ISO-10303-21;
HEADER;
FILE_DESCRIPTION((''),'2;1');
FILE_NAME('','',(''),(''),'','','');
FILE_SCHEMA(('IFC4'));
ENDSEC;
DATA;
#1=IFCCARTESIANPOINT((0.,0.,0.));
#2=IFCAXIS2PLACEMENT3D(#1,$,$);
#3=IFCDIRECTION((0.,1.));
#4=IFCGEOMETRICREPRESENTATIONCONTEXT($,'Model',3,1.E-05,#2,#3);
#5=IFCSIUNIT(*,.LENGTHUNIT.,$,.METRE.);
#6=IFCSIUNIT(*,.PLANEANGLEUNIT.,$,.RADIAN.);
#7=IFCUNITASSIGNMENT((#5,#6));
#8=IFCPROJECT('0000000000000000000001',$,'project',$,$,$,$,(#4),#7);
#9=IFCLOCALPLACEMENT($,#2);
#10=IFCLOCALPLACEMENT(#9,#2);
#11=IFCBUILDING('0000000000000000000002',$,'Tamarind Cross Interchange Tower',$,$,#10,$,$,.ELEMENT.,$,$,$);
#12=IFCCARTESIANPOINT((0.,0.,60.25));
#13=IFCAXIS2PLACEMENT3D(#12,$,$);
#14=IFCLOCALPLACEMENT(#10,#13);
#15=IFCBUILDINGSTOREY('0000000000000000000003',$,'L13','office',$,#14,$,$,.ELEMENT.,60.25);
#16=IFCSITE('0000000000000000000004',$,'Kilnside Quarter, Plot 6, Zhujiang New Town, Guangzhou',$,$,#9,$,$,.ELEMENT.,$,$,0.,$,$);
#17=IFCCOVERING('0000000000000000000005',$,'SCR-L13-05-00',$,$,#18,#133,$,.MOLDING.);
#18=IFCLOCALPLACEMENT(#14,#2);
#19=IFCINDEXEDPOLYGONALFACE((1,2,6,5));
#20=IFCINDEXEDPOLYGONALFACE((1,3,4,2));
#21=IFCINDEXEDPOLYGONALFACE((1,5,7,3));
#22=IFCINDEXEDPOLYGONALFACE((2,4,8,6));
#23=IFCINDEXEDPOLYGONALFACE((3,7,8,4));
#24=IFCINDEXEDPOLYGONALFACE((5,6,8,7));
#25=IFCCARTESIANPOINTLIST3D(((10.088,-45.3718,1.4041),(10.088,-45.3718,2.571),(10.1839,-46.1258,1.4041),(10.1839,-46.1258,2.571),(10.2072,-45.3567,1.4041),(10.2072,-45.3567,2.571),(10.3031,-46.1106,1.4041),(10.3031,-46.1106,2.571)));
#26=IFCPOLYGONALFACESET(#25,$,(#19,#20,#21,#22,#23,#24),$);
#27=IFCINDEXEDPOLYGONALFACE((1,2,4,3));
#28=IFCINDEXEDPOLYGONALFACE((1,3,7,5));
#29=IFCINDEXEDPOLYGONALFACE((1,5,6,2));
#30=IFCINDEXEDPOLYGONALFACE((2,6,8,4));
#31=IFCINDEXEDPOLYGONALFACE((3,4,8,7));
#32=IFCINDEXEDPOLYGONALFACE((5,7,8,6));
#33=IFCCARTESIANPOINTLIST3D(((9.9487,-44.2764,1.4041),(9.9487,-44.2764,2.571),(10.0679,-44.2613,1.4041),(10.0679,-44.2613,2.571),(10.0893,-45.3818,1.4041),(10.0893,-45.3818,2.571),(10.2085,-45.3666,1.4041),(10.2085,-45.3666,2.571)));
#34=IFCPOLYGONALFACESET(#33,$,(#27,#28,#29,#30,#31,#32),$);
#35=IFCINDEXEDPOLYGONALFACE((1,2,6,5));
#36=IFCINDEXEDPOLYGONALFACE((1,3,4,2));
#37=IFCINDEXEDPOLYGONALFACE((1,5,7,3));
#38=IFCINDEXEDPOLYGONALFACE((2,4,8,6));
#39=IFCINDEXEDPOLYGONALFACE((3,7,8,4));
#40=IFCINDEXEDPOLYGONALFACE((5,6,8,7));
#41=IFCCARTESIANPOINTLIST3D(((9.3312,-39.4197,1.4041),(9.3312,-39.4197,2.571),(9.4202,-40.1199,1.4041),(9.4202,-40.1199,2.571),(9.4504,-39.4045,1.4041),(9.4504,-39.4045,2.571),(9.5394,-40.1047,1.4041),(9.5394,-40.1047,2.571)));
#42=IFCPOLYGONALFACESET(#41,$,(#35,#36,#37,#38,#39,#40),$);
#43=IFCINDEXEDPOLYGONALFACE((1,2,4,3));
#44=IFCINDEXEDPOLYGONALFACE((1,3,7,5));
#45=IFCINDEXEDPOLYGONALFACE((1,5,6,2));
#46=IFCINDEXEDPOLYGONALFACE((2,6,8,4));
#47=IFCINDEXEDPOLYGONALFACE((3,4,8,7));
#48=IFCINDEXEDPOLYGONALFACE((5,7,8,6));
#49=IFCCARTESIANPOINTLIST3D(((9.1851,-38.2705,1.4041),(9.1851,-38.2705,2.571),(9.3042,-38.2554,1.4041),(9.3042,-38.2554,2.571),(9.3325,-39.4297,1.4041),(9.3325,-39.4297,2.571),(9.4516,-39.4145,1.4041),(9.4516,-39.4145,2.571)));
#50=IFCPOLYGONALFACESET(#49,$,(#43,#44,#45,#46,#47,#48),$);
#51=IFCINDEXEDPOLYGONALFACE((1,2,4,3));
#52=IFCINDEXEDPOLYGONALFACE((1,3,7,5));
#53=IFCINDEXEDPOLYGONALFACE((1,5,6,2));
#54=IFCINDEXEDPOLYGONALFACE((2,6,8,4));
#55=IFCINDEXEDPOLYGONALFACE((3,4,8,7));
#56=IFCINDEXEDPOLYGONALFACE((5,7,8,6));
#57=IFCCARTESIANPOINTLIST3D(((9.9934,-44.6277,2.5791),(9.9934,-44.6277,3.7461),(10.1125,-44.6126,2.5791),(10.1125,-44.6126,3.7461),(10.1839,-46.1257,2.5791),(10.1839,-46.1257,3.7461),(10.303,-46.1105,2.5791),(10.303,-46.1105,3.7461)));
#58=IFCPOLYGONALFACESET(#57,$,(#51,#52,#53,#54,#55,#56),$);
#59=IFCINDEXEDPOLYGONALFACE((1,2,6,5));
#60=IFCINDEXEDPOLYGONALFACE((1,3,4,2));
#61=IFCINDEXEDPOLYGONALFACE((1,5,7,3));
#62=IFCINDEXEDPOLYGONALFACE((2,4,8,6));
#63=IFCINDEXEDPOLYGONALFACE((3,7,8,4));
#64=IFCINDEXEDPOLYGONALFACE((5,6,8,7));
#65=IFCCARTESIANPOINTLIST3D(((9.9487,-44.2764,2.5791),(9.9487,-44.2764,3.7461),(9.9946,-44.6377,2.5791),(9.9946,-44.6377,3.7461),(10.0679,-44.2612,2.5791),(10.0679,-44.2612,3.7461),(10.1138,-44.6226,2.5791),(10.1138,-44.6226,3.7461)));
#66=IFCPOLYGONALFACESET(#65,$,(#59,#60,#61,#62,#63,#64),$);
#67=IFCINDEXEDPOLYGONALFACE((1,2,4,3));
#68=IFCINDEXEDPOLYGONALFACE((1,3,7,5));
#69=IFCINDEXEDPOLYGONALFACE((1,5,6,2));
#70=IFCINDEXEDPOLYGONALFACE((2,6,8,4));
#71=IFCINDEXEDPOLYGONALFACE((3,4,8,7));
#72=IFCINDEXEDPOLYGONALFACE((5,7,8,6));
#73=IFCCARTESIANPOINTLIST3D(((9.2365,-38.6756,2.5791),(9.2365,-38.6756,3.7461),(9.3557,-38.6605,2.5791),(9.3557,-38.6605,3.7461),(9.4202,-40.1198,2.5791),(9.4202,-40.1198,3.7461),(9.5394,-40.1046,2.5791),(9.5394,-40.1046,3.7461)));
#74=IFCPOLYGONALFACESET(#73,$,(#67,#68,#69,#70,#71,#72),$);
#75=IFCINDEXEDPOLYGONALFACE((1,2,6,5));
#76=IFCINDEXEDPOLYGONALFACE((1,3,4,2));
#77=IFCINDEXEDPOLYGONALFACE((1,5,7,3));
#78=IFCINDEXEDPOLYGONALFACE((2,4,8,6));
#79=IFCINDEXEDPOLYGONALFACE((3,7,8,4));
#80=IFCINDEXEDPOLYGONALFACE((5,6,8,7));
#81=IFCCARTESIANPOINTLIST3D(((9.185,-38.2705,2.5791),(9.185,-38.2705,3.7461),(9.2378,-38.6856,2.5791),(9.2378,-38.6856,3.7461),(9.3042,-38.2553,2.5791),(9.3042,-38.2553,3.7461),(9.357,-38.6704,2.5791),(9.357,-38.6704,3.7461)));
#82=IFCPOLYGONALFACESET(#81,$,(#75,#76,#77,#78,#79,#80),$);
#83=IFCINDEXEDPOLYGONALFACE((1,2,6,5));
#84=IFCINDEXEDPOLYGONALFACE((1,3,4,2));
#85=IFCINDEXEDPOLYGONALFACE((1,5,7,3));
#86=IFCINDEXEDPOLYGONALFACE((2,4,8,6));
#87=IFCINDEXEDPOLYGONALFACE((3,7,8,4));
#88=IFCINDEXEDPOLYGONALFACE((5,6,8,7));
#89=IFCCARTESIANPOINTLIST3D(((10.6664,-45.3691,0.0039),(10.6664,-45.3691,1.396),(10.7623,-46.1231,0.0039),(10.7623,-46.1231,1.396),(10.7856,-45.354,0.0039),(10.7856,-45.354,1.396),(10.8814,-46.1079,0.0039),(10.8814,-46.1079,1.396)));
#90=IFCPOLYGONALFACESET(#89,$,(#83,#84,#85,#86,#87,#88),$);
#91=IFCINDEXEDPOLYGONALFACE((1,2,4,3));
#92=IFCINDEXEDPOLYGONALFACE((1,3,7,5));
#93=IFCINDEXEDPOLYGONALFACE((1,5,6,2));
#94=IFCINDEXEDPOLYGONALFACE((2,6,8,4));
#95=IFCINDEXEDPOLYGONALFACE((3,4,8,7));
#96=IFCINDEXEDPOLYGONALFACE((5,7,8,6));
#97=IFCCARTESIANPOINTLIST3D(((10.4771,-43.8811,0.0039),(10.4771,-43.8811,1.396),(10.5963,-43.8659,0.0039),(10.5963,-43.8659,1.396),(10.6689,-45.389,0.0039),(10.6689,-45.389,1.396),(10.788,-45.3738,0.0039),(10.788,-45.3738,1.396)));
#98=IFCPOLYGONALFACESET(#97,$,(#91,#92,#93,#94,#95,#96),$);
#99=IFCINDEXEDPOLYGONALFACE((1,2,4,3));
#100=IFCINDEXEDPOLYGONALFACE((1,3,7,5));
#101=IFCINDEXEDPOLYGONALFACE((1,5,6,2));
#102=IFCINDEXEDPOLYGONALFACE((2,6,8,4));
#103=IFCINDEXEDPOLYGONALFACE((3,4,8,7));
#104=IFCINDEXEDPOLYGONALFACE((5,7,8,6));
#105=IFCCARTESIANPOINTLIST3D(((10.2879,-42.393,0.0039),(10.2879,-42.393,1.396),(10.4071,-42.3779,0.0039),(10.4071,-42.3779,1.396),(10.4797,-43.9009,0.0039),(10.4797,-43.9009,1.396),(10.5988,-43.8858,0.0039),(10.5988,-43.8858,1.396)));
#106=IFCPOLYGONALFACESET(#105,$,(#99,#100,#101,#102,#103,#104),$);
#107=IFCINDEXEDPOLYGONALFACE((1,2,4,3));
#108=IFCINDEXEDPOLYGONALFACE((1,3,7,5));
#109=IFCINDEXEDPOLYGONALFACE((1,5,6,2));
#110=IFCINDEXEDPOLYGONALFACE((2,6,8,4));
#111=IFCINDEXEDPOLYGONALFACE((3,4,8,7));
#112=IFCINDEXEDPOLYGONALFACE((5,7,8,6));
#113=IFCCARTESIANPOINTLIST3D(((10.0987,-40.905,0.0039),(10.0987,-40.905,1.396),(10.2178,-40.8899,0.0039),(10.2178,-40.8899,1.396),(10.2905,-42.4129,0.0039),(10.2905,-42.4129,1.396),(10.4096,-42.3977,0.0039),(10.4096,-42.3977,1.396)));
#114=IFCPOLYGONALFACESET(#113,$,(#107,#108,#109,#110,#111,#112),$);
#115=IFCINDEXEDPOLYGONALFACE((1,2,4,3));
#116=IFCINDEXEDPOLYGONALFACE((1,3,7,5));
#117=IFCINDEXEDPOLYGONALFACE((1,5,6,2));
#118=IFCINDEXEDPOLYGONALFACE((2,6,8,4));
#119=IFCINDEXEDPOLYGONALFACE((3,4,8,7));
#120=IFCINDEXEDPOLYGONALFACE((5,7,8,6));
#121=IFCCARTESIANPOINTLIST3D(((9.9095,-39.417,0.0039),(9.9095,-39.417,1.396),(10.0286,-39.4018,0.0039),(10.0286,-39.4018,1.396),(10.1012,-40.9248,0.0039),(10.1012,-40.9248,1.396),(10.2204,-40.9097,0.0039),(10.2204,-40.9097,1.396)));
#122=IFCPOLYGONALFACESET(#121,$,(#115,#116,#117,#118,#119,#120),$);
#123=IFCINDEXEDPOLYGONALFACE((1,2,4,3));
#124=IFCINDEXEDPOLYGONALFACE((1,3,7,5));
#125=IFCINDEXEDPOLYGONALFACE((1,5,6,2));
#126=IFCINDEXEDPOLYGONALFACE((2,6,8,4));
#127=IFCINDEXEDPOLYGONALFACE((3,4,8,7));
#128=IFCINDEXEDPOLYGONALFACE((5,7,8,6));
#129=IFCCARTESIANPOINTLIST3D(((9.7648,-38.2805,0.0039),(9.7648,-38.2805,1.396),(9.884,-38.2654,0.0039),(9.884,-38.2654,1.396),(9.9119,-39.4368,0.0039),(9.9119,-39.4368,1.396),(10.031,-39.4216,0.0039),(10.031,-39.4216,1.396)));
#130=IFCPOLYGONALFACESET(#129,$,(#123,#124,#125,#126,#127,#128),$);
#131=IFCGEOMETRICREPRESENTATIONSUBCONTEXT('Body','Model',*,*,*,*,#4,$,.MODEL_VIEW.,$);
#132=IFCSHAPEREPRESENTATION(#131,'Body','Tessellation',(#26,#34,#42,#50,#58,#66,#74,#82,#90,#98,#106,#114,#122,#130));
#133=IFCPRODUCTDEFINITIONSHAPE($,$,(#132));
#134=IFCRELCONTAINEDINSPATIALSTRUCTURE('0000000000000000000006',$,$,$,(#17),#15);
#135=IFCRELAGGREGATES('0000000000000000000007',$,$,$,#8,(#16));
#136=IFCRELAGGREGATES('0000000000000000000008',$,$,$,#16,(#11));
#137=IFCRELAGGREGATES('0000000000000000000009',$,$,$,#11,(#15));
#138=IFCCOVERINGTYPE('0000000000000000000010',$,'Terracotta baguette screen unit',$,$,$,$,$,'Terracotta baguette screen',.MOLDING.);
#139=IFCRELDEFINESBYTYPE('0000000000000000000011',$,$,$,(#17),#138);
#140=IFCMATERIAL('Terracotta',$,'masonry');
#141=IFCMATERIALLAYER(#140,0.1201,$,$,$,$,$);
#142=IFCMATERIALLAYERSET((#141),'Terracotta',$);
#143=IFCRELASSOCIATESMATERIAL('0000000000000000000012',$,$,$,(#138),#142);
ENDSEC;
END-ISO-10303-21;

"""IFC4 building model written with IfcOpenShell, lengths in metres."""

from ifc_helpers import new_model, si_unit, direction, frame, origin, origin_2d, place, context, subcontext, project, spatial, rectangle, extrude, material, layer, layer_set, type_object, element, save


model = new_model("IFC4")

# Units and contexts
model_context = context("Model", 3, precision=1e-05, world=origin(), true_north=direction((0.0, 1.0)))
body_context = subcontext(model_context, "Body", "Model", "MODEL_VIEW")
ifc_project = project(units=[si_unit("LENGTHUNIT", "METRE"), si_unit("PLANEANGLEUNIT", "RADIAN")], contexts=[model_context])

# Site, building, storey
site_placement = place(None, origin())
site = spatial("IfcSite", under=ifc_project, at=site_placement, Name="Kilnside Quarter, Plot 6, Zhujiang New Town, Guangzhou", CompositionType="ELEMENT", RefElevation=0.0)
building_placement = place(site_placement, origin())
building = spatial("IfcBuilding", under=site, at=building_placement, Name="Tamarind Cross Interchange Tower", CompositionType="ELEMENT")
storey_placement = place(building_placement, frame((0.0, 0.0, 60.25)))
storey = spatial("IfcBuildingStorey", under=building, at=storey_placement, Name="L13", Description="office", CompositionType="ELEMENT", Elevation=60.25)

# Covering
ifc_material_1 = material(Name="Terracotta", Category="masonry")
ifc_layer_1 = layer(ifc_material_1, 0.1201)
ifc_layer_set_1 = layer_set([ifc_layer_1], Name="Terracotta")
covering_type = type_object("IfcCoveringType", Name="Terracotta baguette screen unit", ElementType="Terracotta baguette screen", PredefinedType="MOLDING", material=ifc_layer_set_1)
covering_1_placement = place(storey_placement, origin())
element("IfcCovering", 1, at=covering_1_placement, inside=storey, type_object=covering_type, Name="SCR-L13-05-00", PredefinedType="MOLDING", context=body_context, shape_type="SweptSolid", body=[
    extrude(rectangle(XDim=0.76, YDim=0.1201, at=origin_2d()), frame((10.1956, -45.7412, 1.4041), z_axis=(0.0, 0.0, 1.0), x_axis=(-0.126161, 0.99201, 0.0)), (0.0, 0.0, 1.0), 1.167),
    extrude(rectangle(XDim=1.1143, YDim=0.1201, at=origin_2d()), frame((10.0786, -44.8215, 1.4041), z_axis=(0.0, 0.0, 1.0), x_axis=(-0.126161, 0.99201, 0.0)), (0.0, 0.0, 1.0), 1.167),
    extrude(rectangle(XDim=0.7058, YDim=0.1201, at=origin_2d()), frame((9.4353, -39.7622, 1.4041), z_axis=(0.0, 0.0, 1.0), x_axis=(-0.126161, 0.99201, 0.0)), (0.0, 0.0, 1.0), 1.167),
    extrude(rectangle(XDim=1.1685, YDim=0.1201, at=origin_2d()), frame((9.3184, -38.8425, 1.4041), z_axis=(0.0, 0.0, 1.0), x_axis=(-0.126161, 0.99201, 0.0)), (0.0, 0.0, 1.0), 1.167),
    extrude(rectangle(XDim=1.51, YDim=0.1201, at=origin_2d()), frame((10.1482, -45.3691, 2.5791), z_axis=(0.0, 0.0, 1.0), x_axis=(-0.126161, 0.99201, 0.0)), (0.0, 0.0, 1.0), 1.167),
    extrude(rectangle(XDim=0.3643, YDim=0.1201, at=origin_2d()), frame((10.0312, -44.4495, 2.5791), z_axis=(0.0, 0.0, 1.0), x_axis=(-0.126161, 0.99201, 0.0)), (0.0, 0.0, 1.0), 1.167),
    extrude(rectangle(XDim=1.4558, YDim=0.1201, at=origin_2d()), frame((9.3879, -39.3901, 2.5791), z_axis=(0.0, 0.0, 1.0), x_axis=(-0.126161, 0.99201, 0.0)), (0.0, 0.0, 1.0), 1.167),
    extrude(rectangle(XDim=0.4185, YDim=0.1201, at=origin_2d()), frame((9.271, -38.4705, 2.5791), z_axis=(0.0, 0.0, 1.0), x_axis=(-0.126161, 0.99201, 0.0)), (0.0, 0.0, 1.0), 1.167),
    extrude(rectangle(XDim=0.76, YDim=0.1201, at=origin_2d()), frame((10.7739, -45.7385, 0.0039), z_axis=(0.0, 0.0, 1.0), x_axis=(-0.126161, 0.99201, 0.0)), (0.0, 0.0, 1.0), 1.3921),
    extrude(rectangle(XDim=1.52, YDim=0.1201, at=origin_2d()), frame((10.6326, -44.6274, 0.0039), z_axis=(0.0, 0.0, 1.0), x_axis=(-0.126161, 0.99201, 0.0)), (0.0, 0.0, 1.0), 1.3921),
    extrude(rectangle(XDim=1.52, YDim=0.1201, at=origin_2d()), frame((10.4434, -43.1394, 0.0039), z_axis=(0.0, 0.0, 1.0), x_axis=(-0.126161, 0.99201, 0.0)), (0.0, 0.0, 1.0), 1.3921),
    extrude(rectangle(XDim=1.52, YDim=0.1201, at=origin_2d()), frame((10.2542, -41.6514, 0.0039), z_axis=(0.0, 0.0, 1.0), x_axis=(-0.126161, 0.99201, 0.0)), (0.0, 0.0, 1.0), 1.3921),
    extrude(rectangle(XDim=1.52, YDim=0.1201, at=origin_2d()), frame((10.0649, -40.1633, 0.0039), z_axis=(0.0, 0.0, 1.0), x_axis=(-0.126161, 0.99201, 0.0)), (0.0, 0.0, 1.0), 1.3921),
    extrude(rectangle(XDim=1.1655, YDim=0.1201, at=origin_2d()), frame((9.8979, -38.8511, 0.0039), z_axis=(0.0, 0.0, 1.0), x_axis=(-0.126161, 0.99201, 0.0)), (0.0, 0.0, 1.0), 1.3921),
])

save(model, "model.ifc")
